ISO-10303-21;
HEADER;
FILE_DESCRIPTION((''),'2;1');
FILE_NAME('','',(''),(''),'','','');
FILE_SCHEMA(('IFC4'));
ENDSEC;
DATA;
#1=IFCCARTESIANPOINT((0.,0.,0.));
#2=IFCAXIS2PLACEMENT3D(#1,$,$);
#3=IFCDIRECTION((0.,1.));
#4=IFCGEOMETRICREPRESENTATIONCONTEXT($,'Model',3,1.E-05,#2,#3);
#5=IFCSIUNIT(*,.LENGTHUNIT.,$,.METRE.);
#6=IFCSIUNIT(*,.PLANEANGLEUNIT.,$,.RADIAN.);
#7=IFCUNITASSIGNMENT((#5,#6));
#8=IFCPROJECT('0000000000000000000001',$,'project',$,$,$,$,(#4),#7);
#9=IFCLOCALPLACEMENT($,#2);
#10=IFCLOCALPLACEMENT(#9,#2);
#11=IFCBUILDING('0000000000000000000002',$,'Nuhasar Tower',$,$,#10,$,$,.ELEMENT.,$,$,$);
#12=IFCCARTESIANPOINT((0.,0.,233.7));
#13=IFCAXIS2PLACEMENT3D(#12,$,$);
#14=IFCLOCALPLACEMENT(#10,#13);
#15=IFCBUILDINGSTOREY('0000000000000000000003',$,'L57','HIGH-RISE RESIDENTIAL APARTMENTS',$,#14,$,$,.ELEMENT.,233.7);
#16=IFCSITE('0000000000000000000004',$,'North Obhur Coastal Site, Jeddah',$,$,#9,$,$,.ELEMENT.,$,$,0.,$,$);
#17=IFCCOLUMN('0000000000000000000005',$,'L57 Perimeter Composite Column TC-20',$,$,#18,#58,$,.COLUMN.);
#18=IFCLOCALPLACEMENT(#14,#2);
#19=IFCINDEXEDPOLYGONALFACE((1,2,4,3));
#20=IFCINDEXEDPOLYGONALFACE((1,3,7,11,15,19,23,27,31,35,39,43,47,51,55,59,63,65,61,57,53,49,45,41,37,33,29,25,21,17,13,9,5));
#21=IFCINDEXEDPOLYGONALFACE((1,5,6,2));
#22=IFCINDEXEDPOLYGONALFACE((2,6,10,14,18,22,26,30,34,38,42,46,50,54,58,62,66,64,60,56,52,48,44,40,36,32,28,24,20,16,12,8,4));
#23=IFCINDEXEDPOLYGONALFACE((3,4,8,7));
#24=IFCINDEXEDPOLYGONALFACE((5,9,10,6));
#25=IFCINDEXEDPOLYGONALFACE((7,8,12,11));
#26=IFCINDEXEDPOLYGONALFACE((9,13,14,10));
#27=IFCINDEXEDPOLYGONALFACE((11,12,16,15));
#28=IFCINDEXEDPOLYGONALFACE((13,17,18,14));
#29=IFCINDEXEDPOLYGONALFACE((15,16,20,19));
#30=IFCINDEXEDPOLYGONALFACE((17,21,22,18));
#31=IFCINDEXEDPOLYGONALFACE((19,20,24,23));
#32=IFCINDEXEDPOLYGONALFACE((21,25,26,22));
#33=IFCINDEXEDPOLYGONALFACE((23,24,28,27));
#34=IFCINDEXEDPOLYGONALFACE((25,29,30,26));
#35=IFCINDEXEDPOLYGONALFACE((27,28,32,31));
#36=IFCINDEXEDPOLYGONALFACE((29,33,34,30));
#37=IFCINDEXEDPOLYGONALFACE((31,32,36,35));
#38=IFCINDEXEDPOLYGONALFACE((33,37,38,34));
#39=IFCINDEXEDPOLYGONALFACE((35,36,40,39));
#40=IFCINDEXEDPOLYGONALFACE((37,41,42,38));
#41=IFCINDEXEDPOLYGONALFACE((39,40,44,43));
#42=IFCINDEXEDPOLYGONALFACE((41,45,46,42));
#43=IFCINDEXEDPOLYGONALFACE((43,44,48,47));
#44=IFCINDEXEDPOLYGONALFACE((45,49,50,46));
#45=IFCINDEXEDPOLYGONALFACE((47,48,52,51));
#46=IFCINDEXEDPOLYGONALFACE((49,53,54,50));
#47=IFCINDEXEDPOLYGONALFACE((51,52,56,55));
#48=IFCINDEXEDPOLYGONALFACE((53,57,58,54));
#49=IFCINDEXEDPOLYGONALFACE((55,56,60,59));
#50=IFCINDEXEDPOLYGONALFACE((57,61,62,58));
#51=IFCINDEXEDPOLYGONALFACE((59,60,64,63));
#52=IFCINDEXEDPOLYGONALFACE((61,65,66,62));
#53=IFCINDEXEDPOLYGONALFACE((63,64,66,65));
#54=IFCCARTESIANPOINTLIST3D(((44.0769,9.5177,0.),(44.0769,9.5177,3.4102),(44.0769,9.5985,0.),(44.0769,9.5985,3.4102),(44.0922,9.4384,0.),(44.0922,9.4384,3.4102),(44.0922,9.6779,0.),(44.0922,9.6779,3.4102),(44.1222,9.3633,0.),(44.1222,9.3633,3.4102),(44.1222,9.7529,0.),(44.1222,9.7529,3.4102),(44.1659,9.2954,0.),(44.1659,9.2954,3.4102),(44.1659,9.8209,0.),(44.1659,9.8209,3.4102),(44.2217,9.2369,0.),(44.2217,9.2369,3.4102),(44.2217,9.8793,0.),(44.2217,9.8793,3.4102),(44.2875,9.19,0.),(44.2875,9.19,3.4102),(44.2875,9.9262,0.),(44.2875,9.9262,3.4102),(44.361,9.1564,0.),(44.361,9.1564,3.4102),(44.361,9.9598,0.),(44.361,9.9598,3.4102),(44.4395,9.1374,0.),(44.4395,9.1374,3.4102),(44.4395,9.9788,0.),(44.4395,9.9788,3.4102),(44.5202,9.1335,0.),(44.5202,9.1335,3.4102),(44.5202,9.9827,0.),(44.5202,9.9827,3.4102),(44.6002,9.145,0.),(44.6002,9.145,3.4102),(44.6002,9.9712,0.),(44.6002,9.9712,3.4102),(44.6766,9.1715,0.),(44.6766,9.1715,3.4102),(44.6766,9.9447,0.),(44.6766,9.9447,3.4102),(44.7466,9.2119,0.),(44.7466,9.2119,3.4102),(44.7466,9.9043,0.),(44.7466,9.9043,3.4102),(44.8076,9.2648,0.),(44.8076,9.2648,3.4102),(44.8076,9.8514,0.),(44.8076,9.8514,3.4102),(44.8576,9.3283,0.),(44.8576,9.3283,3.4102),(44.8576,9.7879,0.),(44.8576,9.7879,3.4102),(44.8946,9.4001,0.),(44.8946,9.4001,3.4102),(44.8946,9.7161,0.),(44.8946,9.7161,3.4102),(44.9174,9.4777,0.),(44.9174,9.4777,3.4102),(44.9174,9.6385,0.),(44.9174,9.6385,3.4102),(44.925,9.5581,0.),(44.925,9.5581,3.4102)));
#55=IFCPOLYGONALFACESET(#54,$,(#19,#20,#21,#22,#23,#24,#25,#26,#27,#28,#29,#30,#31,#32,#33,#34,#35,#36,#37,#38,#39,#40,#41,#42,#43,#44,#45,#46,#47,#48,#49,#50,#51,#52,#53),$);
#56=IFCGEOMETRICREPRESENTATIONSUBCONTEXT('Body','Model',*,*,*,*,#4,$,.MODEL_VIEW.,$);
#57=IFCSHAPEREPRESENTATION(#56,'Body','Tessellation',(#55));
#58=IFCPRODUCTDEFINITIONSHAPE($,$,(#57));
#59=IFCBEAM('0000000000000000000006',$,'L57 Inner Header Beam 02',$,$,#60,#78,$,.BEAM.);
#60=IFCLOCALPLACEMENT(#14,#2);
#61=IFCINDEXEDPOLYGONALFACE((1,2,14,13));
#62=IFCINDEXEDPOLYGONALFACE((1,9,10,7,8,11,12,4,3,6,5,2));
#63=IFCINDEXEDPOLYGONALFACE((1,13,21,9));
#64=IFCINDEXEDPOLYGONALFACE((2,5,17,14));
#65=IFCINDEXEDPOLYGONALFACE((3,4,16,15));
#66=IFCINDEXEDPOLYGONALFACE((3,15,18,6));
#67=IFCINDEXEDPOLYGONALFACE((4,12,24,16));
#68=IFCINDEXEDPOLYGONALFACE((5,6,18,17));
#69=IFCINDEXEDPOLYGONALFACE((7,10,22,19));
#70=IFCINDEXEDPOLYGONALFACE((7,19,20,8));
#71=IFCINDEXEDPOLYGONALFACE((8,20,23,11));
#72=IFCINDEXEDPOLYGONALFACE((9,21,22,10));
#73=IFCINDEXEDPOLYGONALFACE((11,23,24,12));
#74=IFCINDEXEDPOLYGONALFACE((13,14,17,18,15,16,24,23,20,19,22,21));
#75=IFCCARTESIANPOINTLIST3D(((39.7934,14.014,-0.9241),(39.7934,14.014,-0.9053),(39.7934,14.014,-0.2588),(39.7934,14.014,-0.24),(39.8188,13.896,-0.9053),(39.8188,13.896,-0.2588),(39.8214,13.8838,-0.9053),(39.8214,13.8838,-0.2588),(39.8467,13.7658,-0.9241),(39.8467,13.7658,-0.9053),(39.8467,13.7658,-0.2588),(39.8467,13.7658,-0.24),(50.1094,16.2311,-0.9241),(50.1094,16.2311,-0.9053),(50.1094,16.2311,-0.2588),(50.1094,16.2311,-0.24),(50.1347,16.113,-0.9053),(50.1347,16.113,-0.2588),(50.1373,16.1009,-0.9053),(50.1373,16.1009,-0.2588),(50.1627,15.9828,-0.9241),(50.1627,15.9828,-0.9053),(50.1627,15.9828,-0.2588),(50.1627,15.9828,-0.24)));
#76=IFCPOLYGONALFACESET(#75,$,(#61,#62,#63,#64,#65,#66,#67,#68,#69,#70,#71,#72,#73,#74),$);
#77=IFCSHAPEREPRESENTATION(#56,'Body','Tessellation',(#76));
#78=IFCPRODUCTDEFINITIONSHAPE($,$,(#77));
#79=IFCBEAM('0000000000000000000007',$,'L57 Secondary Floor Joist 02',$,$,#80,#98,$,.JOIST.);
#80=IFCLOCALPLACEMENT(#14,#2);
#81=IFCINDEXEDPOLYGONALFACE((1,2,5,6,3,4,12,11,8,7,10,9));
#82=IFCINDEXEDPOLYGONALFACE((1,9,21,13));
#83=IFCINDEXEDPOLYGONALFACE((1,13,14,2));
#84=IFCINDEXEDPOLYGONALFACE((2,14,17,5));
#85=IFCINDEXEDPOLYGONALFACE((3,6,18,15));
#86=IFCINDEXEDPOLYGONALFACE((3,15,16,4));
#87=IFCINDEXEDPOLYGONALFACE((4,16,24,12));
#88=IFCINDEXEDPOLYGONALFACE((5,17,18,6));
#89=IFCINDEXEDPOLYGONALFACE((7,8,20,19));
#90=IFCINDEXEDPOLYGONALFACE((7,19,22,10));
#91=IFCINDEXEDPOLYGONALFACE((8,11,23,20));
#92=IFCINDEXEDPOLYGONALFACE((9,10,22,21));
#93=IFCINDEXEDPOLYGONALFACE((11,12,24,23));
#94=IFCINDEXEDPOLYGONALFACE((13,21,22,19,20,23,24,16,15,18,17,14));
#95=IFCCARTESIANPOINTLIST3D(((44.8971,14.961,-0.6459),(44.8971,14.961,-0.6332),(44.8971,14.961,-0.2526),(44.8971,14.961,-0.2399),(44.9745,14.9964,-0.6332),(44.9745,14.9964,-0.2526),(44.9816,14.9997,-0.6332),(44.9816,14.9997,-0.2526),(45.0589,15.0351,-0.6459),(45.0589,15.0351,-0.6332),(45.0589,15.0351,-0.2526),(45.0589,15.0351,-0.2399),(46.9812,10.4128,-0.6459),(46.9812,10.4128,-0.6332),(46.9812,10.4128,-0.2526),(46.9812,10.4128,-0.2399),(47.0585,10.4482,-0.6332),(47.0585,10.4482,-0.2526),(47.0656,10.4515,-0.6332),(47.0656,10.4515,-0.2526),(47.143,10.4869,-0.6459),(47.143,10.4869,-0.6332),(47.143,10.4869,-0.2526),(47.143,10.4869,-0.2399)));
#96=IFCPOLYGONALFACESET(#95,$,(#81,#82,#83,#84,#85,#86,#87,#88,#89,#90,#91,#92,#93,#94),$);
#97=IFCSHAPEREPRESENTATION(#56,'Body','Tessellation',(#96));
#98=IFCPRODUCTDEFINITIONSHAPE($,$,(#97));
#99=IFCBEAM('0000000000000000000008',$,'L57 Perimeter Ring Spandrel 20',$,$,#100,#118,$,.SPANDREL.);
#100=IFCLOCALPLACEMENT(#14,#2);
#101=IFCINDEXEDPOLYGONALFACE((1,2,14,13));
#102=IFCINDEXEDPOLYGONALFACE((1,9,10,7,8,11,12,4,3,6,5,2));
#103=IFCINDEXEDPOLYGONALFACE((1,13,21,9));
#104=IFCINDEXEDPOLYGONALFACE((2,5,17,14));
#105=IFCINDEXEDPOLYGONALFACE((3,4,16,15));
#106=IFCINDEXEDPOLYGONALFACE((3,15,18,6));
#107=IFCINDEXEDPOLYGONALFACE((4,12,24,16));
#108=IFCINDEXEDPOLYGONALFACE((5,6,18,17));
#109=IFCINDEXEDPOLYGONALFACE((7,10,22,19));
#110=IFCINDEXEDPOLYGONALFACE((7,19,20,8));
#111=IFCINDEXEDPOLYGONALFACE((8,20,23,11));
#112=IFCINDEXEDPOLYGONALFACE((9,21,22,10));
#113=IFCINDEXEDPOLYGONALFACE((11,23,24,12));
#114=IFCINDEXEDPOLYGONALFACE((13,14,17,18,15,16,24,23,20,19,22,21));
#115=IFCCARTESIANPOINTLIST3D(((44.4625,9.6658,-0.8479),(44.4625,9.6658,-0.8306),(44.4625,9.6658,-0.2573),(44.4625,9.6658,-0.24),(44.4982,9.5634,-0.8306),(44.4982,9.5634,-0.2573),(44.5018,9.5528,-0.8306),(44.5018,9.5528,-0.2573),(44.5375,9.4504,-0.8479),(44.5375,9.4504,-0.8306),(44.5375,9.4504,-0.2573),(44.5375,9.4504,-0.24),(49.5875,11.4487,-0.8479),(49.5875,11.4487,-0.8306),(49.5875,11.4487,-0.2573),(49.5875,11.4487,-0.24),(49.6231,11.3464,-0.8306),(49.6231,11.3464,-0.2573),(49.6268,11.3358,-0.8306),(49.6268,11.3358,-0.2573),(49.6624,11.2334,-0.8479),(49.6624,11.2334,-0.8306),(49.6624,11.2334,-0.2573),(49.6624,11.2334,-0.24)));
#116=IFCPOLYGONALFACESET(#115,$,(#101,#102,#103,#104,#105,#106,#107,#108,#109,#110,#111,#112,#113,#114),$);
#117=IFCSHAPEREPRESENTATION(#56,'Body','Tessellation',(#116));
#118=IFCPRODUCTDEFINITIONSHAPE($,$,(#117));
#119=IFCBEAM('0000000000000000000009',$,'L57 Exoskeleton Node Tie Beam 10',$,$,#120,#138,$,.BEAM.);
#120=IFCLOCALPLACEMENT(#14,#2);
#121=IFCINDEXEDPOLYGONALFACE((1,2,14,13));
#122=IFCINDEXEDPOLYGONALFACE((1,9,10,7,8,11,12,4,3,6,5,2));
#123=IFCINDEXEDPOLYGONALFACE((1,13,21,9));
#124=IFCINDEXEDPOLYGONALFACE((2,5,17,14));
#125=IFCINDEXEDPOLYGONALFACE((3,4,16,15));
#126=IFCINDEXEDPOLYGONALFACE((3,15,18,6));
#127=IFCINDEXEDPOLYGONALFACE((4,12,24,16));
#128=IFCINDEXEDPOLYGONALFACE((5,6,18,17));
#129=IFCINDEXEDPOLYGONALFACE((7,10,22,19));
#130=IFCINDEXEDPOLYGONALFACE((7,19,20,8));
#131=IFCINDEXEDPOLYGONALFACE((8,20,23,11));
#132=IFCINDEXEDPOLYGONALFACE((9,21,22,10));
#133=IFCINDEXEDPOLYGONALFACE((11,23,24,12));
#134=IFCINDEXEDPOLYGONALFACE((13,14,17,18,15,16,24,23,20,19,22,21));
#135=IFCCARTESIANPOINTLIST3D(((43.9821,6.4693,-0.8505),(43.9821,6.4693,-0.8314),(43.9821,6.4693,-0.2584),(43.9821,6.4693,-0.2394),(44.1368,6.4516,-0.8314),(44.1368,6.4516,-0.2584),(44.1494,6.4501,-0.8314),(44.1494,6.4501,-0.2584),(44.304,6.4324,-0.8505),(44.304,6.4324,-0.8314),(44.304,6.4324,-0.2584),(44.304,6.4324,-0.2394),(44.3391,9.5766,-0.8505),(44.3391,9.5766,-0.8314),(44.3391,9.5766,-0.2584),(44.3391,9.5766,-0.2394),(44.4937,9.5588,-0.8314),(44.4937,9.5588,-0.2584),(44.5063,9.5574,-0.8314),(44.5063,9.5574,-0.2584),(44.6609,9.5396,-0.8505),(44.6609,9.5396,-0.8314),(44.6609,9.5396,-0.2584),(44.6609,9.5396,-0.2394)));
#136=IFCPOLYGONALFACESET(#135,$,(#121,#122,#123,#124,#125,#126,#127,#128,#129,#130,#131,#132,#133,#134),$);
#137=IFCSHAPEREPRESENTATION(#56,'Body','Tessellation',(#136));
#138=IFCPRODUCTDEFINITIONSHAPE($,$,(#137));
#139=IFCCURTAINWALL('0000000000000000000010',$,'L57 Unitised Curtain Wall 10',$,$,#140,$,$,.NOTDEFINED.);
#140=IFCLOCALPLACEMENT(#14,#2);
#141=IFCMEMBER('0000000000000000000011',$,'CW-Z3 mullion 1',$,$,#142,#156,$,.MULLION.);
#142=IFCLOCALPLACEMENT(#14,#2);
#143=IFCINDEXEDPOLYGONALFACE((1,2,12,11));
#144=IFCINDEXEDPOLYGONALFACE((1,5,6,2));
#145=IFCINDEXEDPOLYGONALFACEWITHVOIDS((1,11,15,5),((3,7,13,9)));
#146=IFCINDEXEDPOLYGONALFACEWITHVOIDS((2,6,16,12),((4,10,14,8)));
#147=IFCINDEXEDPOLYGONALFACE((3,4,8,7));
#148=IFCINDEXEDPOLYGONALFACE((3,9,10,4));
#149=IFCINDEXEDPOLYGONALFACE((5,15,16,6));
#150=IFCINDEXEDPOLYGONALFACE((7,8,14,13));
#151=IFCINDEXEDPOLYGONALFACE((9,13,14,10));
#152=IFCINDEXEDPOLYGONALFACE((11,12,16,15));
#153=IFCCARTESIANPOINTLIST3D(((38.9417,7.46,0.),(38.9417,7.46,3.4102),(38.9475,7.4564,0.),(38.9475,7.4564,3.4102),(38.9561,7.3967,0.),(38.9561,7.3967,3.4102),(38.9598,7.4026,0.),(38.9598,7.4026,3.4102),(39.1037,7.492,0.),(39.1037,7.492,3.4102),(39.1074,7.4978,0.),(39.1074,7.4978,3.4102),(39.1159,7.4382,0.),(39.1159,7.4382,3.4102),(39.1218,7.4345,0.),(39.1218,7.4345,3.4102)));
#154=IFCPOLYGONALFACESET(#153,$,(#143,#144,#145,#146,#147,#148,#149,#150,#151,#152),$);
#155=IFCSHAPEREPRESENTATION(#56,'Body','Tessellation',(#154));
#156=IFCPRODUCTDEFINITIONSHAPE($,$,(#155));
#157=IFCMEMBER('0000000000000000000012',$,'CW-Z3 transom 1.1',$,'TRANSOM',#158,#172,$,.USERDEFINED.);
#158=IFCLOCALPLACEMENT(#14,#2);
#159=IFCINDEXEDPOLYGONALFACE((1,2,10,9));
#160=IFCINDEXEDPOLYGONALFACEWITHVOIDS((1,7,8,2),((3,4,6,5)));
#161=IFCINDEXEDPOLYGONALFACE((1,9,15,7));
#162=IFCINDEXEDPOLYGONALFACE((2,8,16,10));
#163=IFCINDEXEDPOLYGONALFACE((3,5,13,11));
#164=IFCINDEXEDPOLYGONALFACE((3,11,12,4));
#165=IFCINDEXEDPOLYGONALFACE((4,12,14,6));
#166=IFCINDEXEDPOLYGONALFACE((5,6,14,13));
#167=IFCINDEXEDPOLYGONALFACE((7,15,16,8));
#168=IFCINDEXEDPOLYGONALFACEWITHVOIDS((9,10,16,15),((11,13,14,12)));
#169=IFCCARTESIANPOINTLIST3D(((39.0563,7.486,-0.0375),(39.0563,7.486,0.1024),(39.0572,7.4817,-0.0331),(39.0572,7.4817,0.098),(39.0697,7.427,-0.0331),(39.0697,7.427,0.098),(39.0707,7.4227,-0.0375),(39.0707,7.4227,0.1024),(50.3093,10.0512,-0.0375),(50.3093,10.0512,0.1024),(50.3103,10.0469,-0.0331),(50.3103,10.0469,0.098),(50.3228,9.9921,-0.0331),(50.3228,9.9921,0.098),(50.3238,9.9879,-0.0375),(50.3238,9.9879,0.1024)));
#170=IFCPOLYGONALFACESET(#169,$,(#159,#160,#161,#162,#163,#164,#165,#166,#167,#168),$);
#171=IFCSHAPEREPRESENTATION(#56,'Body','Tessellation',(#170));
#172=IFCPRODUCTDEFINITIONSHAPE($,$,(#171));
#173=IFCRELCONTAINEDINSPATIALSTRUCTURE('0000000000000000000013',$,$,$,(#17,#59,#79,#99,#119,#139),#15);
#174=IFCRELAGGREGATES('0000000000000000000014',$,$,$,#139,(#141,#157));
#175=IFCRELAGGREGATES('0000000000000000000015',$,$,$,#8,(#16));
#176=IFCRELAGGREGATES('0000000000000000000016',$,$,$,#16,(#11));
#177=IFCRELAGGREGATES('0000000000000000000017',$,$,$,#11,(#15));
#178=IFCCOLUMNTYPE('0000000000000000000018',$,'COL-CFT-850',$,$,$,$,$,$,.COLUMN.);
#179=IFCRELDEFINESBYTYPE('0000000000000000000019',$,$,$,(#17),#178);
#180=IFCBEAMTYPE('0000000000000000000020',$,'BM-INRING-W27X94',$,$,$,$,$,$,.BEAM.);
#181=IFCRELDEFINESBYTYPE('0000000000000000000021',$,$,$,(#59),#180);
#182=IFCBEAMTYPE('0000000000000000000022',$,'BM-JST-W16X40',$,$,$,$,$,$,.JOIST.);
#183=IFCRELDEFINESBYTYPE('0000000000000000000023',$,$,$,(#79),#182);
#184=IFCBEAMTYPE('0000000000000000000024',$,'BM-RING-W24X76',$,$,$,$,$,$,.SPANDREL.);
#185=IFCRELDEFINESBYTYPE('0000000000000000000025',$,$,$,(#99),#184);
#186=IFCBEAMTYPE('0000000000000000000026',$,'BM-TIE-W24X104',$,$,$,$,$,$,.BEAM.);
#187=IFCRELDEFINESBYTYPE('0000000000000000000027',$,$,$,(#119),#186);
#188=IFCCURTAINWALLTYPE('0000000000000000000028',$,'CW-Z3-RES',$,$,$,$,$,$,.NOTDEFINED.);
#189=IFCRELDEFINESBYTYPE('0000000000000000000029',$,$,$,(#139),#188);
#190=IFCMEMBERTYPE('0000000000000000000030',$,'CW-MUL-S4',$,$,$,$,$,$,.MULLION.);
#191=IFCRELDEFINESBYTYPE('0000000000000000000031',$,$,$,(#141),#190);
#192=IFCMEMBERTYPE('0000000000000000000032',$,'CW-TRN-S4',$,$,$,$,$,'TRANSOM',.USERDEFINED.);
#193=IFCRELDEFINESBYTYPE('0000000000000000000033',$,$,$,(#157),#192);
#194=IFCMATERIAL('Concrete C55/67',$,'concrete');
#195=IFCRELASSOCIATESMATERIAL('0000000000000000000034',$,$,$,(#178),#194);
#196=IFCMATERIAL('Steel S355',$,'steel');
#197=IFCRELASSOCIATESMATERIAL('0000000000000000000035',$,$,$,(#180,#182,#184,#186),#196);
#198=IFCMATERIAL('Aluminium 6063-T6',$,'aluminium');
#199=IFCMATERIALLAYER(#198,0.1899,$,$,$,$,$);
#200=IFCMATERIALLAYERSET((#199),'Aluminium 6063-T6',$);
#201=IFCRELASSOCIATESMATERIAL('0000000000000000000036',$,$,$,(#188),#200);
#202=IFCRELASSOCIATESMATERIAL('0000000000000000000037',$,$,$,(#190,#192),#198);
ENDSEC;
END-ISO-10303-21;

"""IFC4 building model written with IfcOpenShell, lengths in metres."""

from ifc_helpers import new_model, si_unit, direction, frame, origin, origin_2d, place, context, subcontext, project, spatial, hollow_rectangle, circle, i_section, extrude, material, layer, layer_set, material_profile, profile_set, type_object, element, aggregate, save


model = new_model("IFC4")

# Units and contexts
model_context = context("Model", 3, precision=1e-05, world=origin(), true_north=direction((0.0, 1.0)))
body_context = subcontext(model_context, "Body", "Model", "MODEL_VIEW")
ifc_project = project(units=[si_unit("LENGTHUNIT", "METRE"), si_unit("PLANEANGLEUNIT", "RADIAN")], contexts=[model_context])

# Site, building, storey
site_placement = place(None, origin())
site = spatial("IfcSite", under=ifc_project, at=site_placement, Name="North Obhur Coastal Site, Jeddah", CompositionType="ELEMENT", RefElevation=0.0)
building_placement = place(site_placement, origin())
building = spatial("IfcBuilding", under=site, at=building_placement, Name="Nuhasar Tower", CompositionType="ELEMENT")
storey_placement = place(building_placement, frame((0.0, 0.0, 233.7)))
storey = spatial("IfcBuildingStorey", under=building, at=storey_placement, Name="L57", Description="HIGH-RISE RESIDENTIAL APARTMENTS", CompositionType="ELEMENT", Elevation=233.7)

# Column
ifc_material_1 = material(Name="Concrete C55/67", Category="concrete")
ifc_material_profile_1 = material_profile(ifc_material_1, circle(Radius=0.425, at=origin_2d()), Name="CFT850")
ifc_profile_set_1 = profile_set([ifc_material_profile_1], Name="Concrete C55/67")
column_type = type_object("IfcColumnType", Name="COL-CFT-850", PredefinedType="COLUMN", material=ifc_profile_set_1)
column_placement = place(storey_placement, frame((44.5, 9.5581, 0.0), z_axis=(0.0, 0.0, 1.0), x_axis=(1.0, 0.0, 0.0)))
element("IfcColumn", 1, at=column_placement, inside=storey, type_object=column_type, Name="L57 Perimeter Composite Column TC-20", PredefinedType="COLUMN", context=body_context, shape_type="SweptSolid", body=[
    extrude(circle(Radius=0.425, at=origin_2d()), origin(), (0.0, 0.0, 1.0), 3.4102),
])

# Beams
ifc_material_2 = material(Name="Steel S355", Category="steel")
ifc_material_profile_2 = material_profile(ifc_material_2, i_section(OverallWidth=0.2539, OverallDepth=0.6841, WebThickness=0.0125, FlangeThickness=0.0188, at=origin_2d()), Name="W27X94")
ifc_profile_set_2 = profile_set([ifc_material_profile_2], Name="Steel S355")
beam_type_1 = type_object("IfcBeamType", Name="BM-INRING-W27X94", PredefinedType="BEAM", material=ifc_profile_set_2)
beam_1_placement = place(storey_placement, frame((39.8201, 13.8899, -0.582), z_axis=(0.977676, 0.210117, 0.0), x_axis=(-0.210117, 0.977676, 0.0)))
element("IfcBeam", 2, at=beam_1_placement, inside=storey, type_object=beam_type_1, Name="L57 Inner Header Beam 02", PredefinedType="BEAM", context=body_context, shape_type="SweptSolid", body=[
    extrude(i_section(OverallWidth=0.2539, OverallDepth=0.6841, WebThickness=0.0125, FlangeThickness=0.0188, at=origin_2d()), origin(), (0.0, 0.0, 1.0), 10.5515),
])
ifc_material_profile_3 = material_profile(ifc_material_2, i_section(OverallWidth=0.178, OverallDepth=0.406, WebThickness=0.0078, FlangeThickness=0.0127, at=origin_2d()), Name="W16X40")
ifc_profile_set_3 = profile_set([ifc_material_profile_3], Name="Steel S355")
beam_type_2 = type_object("IfcBeamType", Name="BM-JST-W16X40", PredefinedType="JOIST", material=ifc_profile_set_3)
beam_2_placement = place(storey_placement, frame((44.978, 14.998, -0.4429), z_axis=(0.416562, -0.909107, 0.0), x_axis=(0.909107, 0.416562, 0.0)))
element("IfcBeam", 3, at=beam_2_placement, inside=storey, type_object=beam_type_2, Name="L57 Secondary Floor Joist 02", PredefinedType="JOIST", context=body_context, shape_type="SweptSolid", body=[
    extrude(i_section(OverallWidth=0.178, OverallDepth=0.406, WebThickness=0.0078, FlangeThickness=0.0127, at=origin_2d()), origin(), (0.0, 0.0, 1.0), 5.0029),
])
ifc_material_profile_4 = material_profile(ifc_material_2, i_section(OverallWidth=0.228, OverallDepth=0.6079, WebThickness=0.0112, FlangeThickness=0.0173, at=origin_2d()), Name="W24X76")
ifc_profile_set_4 = profile_set([ifc_material_profile_4], Name="Steel S355")
beam_type_3 = type_object("IfcBeamType", Name="BM-RING-W24X76", PredefinedType="SPANDREL", material=ifc_profile_set_4)
beam_3_placement = place(storey_placement, frame((44.5, 9.5581, -0.5439), z_axis=(0.944477, 0.328578, 0.0), x_axis=(-0.328578, 0.944477, 0.0)))
element("IfcBeam", 4, at=beam_3_placement, inside=storey, type_object=beam_type_3, Name="L57 Perimeter Ring Spandrel 20", PredefinedType="SPANDREL", context=body_context, shape_type="SweptSolid", body=[
    extrude(i_section(OverallWidth=0.228, OverallDepth=0.6079, WebThickness=0.0112, FlangeThickness=0.0173, at=origin_2d()), origin(), (0.0, 0.0, 1.0), 5.4263),
])
ifc_material_profile_5 = material_profile(ifc_material_2, i_section(OverallWidth=0.324, OverallDepth=0.6111, WebThickness=0.0127, FlangeThickness=0.019, at=origin_2d()), Name="W24X104")
ifc_profile_set_5 = profile_set([ifc_material_profile_5], Name="Steel S355")
beam_type_4 = type_object("IfcBeamType", Name="BM-TIE-W24X104", PredefinedType="BEAM", material=ifc_profile_set_5)
beam_4_placement = place(storey_placement, frame((44.5, 9.5581, -0.5449), z_axis=(-0.114123, -0.993467, 0.0), x_axis=(0.993467, -0.114123, 0.0)))
element("IfcBeam", 5, at=beam_4_placement, inside=storey, type_object=beam_type_4, Name="L57 Exoskeleton Node Tie Beam 10", PredefinedType="BEAM", context=body_context, shape_type="SweptSolid", body=[
    extrude(i_section(OverallWidth=0.324, OverallDepth=0.6111, WebThickness=0.0127, FlangeThickness=0.019, at=origin_2d()), origin(), (0.0, 0.0, 1.0), 3.1277),
])

# Curtain wall, members
ifc_material_3 = material(Name="Aluminium 6063-T6", Category="aluminium")
ifc_layer_1 = layer(ifc_material_3, 0.1899)
ifc_layer_set_1 = layer_set([ifc_layer_1], Name="Aluminium 6063-T6")
curtain_wall_type = type_object("IfcCurtainWallType", Name="CW-Z3-RES", PredefinedType="NOTDEFINED", material=ifc_layer_set_1)
curtain_wall_placement = place(storey_placement, origin())
curtain_wall = element("IfcCurtainWall", 6, at=curtain_wall_placement, inside=storey, type_object=curtain_wall_type, Name="L57 Unitised Curtain Wall 10", PredefinedType="NOTDEFINED")
ifc_material_profile_6 = material_profile(ifc_material_3, hollow_rectangle(XDim=0.0649, YDim=0.1699, WallThickness=0.0049, at=origin_2d()), Name="CWM-4")
ifc_profile_set_6 = profile_set([ifc_material_profile_6], Name="Aluminium 6063-T6")
member_type_1 = type_object("IfcMemberType", Name="CW-MUL-S4", PredefinedType="MULLION", material=ifc_profile_set_6)
member_1_placement = place(storey_placement, frame((39.0317, 7.4473, 0.0), z_axis=(0.0, 0.0, 1.0), x_axis=(-0.222243, 0.974991, 0.0)))
member_1 = element("IfcMember", 7, at=member_1_placement, type_object=member_type_1, Name="CW-Z3 mullion 1", PredefinedType="MULLION", context=body_context, shape_type="SweptSolid", body=[
    extrude(hollow_rectangle(XDim=0.0649, YDim=0.1699, WallThickness=0.0049, at=origin_2d()), origin(), (0.0, 0.0, 1.0), 3.4102),
])
ifc_material_profile_7 = material_profile(ifc_material_3, hollow_rectangle(XDim=0.0649, YDim=0.1399, WallThickness=0.0044, at=origin_2d()), Name="CWT-4")
ifc_profile_set_7 = profile_set([ifc_material_profile_7], Name="Aluminium 6063-T6")
member_type_2 = type_object("IfcMemberType", Name="CW-TRN-S4", ElementType="TRANSOM", PredefinedType="USERDEFINED", material=ifc_profile_set_7)
member_2_placement = place(storey_placement, frame((39.0635, 7.4543, 0.0325), z_axis=(0.974989, 0.222251, 0.0), x_axis=(-0.222251, 0.974989, 0.0)))
member_2 = element("IfcMember", 8, at=member_2_placement, type_object=member_type_2, Name="CW-Z3 transom 1.1", ObjectType="TRANSOM", PredefinedType="USERDEFINED", context=body_context, shape_type="SweptSolid", body=[
    extrude(hollow_rectangle(XDim=0.0649, YDim=0.1399, WallThickness=0.0044, at=origin_2d()), origin(), (0.0, 0.0, 1.0), 11.5417),
])

aggregate(curtain_wall, [member_1, member_2])

save(model, "model.ifc")
